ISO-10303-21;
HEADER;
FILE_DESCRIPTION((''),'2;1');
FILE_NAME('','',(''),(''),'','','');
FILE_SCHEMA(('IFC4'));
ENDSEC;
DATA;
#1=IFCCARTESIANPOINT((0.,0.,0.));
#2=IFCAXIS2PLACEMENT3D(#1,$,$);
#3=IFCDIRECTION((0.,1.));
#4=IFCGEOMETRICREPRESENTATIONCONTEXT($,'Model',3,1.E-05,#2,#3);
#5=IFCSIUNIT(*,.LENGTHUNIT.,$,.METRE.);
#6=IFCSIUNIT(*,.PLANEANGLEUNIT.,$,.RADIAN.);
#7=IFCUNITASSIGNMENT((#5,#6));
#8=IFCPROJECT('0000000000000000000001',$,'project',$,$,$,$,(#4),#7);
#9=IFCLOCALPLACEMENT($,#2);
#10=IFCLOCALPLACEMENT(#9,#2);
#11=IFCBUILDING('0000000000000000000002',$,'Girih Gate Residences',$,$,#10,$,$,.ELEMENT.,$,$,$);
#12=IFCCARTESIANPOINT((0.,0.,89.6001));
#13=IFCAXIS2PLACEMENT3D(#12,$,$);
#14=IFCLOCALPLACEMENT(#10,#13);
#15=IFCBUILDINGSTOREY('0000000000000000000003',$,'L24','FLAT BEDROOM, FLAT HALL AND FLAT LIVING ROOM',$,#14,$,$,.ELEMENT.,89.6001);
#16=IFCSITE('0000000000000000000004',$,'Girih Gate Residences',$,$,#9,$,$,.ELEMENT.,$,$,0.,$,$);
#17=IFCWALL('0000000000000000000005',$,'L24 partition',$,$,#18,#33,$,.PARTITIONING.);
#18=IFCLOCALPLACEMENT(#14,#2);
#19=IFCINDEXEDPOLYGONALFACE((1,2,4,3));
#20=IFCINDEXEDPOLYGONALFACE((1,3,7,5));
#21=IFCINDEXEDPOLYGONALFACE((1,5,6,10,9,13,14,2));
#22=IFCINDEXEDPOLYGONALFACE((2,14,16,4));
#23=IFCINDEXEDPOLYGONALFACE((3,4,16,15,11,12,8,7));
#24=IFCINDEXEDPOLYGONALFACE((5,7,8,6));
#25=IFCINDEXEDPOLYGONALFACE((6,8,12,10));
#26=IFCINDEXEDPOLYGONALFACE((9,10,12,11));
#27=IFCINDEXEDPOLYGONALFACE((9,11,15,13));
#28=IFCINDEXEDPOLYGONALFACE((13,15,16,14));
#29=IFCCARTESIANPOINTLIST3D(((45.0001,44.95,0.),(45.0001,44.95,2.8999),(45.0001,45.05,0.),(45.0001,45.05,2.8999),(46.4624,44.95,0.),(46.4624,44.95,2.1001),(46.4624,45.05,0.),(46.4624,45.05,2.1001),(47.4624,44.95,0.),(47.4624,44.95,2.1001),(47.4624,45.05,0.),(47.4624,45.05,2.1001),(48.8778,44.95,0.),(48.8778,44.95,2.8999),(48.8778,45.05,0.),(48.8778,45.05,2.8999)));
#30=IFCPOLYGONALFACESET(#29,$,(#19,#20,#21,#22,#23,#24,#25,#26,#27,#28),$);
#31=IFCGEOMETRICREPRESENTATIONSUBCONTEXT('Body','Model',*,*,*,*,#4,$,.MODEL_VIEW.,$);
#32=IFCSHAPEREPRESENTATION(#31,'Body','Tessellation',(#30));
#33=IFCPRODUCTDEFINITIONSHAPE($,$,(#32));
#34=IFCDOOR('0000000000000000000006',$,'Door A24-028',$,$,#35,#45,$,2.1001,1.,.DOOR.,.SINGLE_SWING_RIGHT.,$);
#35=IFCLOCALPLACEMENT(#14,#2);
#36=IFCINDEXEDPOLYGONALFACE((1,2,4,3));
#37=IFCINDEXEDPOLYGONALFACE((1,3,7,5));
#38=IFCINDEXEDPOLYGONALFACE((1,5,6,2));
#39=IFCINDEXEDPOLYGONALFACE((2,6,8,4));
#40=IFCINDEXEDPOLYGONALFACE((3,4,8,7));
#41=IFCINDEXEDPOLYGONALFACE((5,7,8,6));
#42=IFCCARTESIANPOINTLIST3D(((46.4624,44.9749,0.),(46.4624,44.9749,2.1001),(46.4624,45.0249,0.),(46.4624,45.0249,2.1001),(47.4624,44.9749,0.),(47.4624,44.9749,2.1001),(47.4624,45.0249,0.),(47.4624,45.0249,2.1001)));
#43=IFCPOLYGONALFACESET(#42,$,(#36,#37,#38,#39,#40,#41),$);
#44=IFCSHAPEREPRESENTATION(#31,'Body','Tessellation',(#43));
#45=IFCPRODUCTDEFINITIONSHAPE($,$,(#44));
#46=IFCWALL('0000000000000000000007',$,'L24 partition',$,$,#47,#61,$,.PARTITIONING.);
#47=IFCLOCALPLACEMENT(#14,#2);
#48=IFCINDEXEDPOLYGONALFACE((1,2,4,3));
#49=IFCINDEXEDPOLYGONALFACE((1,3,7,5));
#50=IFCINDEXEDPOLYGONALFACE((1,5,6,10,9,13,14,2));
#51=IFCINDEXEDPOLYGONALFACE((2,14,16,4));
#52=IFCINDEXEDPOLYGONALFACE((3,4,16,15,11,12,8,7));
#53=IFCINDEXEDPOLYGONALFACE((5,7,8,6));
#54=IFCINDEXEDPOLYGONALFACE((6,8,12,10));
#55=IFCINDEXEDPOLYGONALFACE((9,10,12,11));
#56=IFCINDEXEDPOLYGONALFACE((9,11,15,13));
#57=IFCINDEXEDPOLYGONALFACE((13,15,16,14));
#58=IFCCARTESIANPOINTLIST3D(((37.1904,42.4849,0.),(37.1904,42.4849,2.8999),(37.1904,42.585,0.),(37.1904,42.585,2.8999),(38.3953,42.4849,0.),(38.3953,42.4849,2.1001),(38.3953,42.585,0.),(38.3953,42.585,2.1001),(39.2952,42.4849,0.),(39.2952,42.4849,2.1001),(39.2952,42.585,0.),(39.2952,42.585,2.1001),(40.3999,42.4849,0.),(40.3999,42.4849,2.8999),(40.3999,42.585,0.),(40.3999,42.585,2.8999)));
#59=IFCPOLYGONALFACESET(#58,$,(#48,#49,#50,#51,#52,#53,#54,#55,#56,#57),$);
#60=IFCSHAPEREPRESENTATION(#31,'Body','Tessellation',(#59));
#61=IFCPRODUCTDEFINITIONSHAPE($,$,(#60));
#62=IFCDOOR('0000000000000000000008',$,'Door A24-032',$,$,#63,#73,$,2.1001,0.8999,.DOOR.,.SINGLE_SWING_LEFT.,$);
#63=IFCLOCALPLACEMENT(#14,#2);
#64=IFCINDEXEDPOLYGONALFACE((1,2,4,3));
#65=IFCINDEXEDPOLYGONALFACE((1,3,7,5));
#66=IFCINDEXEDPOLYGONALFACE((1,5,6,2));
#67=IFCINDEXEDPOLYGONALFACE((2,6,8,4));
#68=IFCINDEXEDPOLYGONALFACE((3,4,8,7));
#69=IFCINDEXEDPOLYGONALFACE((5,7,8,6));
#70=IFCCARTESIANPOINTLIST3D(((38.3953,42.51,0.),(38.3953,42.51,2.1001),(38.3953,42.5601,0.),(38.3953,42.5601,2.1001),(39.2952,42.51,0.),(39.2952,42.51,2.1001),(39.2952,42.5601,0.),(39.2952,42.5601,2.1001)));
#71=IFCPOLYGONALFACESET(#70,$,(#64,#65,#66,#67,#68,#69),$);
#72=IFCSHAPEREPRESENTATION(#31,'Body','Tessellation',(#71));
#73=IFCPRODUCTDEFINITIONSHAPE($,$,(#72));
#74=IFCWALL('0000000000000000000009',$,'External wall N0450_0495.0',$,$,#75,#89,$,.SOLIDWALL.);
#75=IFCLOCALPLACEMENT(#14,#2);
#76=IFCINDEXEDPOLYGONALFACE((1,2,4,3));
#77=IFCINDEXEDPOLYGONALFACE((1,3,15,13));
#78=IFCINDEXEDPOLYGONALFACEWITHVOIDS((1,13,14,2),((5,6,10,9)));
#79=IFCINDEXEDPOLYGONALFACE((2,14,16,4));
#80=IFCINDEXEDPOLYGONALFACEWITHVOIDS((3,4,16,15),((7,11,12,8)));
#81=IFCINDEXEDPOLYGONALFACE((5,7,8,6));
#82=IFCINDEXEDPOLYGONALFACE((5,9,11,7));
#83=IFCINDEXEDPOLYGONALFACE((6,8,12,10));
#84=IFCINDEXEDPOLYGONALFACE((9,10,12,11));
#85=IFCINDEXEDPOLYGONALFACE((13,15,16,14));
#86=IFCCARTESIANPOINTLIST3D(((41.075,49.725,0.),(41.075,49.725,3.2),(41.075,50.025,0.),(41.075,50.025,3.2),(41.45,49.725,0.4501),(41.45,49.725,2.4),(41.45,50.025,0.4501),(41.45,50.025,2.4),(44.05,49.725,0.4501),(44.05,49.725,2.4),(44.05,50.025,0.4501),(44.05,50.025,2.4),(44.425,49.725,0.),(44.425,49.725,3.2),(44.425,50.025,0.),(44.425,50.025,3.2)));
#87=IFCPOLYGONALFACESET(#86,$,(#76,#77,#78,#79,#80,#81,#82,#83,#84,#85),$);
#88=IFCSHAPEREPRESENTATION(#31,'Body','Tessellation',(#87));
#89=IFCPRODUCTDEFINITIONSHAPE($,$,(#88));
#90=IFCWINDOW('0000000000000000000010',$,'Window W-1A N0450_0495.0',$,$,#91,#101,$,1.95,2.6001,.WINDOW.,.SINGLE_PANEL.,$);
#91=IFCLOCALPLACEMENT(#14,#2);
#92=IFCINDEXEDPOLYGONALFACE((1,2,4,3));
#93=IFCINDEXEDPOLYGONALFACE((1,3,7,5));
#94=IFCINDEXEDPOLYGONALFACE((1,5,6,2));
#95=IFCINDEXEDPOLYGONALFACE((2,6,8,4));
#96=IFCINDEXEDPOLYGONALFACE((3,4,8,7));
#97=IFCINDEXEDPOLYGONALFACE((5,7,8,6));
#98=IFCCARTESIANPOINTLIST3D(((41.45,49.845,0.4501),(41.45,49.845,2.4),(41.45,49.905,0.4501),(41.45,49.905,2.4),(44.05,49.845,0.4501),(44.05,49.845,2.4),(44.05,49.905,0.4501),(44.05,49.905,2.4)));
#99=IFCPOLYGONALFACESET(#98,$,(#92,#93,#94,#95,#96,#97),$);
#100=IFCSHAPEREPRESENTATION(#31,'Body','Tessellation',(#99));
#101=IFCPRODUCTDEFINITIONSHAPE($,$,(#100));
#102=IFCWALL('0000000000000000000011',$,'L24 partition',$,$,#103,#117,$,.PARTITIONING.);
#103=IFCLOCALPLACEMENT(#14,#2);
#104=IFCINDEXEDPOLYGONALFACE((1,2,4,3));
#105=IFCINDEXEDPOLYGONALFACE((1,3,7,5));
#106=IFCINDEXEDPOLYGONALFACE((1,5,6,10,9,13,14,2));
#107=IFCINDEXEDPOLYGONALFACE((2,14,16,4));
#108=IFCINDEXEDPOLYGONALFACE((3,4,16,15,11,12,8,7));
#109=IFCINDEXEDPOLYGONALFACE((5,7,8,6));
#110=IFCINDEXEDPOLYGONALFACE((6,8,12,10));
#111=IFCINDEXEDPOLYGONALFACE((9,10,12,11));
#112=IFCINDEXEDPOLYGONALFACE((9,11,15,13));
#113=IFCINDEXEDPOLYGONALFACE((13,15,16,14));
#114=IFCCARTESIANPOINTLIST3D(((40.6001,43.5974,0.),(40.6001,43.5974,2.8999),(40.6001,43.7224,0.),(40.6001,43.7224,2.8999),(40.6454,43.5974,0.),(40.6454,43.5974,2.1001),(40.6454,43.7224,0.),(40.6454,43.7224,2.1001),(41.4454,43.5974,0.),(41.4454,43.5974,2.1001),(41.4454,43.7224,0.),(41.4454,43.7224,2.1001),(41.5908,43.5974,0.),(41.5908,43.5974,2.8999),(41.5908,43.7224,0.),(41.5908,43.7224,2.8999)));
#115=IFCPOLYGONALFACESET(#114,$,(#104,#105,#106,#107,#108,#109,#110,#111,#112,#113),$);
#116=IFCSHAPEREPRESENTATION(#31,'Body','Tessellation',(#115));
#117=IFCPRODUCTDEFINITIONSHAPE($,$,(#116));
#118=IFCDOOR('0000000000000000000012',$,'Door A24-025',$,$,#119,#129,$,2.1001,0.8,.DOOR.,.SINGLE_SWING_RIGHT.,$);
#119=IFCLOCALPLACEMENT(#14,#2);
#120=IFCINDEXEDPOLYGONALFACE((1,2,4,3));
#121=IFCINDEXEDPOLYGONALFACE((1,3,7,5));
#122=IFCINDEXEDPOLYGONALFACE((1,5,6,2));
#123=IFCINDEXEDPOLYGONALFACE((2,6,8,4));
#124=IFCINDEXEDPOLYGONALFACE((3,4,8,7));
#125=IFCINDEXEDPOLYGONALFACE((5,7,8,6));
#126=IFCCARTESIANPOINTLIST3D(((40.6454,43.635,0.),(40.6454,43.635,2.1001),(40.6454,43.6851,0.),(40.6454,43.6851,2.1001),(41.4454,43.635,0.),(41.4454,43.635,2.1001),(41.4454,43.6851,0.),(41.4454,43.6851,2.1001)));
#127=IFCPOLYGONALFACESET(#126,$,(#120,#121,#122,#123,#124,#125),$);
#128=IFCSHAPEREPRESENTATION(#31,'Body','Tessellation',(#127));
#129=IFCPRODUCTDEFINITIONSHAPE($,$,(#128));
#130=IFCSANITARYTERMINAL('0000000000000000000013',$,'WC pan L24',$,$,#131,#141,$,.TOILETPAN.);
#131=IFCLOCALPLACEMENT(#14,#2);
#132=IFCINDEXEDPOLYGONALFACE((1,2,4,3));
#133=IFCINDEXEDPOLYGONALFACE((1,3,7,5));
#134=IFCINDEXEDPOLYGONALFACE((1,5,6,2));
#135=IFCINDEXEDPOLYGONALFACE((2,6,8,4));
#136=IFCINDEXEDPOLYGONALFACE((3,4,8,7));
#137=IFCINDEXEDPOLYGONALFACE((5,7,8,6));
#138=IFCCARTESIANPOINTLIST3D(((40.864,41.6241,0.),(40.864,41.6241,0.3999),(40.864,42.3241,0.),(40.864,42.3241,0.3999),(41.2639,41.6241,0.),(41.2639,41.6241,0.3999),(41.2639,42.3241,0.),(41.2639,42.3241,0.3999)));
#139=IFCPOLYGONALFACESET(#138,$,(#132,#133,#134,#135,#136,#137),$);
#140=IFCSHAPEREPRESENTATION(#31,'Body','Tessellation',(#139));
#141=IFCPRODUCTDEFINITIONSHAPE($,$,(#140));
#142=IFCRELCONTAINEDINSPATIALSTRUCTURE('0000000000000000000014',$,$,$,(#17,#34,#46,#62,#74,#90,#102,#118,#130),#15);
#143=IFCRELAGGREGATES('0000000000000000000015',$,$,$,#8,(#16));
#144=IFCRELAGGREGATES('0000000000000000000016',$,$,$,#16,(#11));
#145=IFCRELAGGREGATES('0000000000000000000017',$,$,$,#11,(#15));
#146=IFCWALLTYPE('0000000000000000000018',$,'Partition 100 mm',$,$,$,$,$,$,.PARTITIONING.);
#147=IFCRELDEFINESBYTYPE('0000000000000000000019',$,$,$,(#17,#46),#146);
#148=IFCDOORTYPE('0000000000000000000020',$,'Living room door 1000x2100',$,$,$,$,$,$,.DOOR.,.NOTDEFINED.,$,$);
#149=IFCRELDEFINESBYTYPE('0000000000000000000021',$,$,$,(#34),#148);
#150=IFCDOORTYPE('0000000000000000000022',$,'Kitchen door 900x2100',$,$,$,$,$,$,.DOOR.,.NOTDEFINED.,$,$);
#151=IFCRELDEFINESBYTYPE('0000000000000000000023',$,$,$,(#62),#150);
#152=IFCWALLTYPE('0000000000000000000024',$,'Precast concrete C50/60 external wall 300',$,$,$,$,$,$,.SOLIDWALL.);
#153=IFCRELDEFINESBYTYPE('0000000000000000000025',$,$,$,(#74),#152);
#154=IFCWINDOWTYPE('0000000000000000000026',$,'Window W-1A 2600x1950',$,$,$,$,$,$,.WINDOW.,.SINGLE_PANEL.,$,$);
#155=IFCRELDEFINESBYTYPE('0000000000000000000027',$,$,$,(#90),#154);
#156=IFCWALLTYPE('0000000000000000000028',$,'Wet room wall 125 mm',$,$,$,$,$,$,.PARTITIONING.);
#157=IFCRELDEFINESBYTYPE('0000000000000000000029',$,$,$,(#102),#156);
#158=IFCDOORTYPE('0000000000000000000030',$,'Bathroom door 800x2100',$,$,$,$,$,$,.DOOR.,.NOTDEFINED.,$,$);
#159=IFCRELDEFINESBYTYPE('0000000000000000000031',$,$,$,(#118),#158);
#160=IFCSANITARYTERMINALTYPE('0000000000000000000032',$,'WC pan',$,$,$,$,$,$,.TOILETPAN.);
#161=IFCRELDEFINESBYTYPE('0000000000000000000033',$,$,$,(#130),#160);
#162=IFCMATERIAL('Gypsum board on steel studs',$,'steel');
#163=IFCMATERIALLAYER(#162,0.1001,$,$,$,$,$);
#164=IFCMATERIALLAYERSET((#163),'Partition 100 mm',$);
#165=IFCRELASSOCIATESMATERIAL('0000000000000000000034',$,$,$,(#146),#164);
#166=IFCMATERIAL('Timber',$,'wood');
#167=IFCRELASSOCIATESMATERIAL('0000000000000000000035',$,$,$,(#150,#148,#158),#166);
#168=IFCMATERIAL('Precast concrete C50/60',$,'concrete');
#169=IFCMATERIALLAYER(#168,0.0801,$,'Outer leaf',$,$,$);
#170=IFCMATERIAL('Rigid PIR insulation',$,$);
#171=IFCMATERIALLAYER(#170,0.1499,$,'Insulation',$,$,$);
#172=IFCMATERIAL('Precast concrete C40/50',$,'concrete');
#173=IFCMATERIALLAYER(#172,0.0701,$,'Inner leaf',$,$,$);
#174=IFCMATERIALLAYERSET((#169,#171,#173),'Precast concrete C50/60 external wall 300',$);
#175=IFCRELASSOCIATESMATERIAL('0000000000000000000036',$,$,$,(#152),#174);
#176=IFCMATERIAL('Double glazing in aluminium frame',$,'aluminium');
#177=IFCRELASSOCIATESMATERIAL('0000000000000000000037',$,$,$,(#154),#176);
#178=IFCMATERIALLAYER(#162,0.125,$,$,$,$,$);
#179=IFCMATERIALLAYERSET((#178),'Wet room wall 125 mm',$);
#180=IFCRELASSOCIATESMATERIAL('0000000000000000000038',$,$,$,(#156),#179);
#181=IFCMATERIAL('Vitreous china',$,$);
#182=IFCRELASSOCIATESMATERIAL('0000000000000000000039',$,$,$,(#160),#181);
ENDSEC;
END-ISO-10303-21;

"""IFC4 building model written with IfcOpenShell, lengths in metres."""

from ifc_helpers import new_model, si_unit, direction, frame, frame_2d, origin, origin_2d, place, context, subcontext, project, spatial, rectangle, extrude, material, layer, layer_set, type_object, element, fill, save


model = new_model("IFC4")

# Units and contexts
model_context = context("Model", 3, precision=1e-05, world=origin(), true_north=direction((0.0, 1.0)))
body_context = subcontext(model_context, "Body", "Model", "MODEL_VIEW")
ifc_project = project(units=[si_unit("LENGTHUNIT", "METRE"), si_unit("PLANEANGLEUNIT", "RADIAN")], contexts=[model_context])

# Site, building, storey
site_placement = place(None, origin())
site = spatial("IfcSite", under=ifc_project, at=site_placement, Name="Girih Gate Residences", CompositionType="ELEMENT", RefElevation=0.0)
building_placement = place(site_placement, origin())
building = spatial("IfcBuilding", under=site, at=building_placement, Name="Girih Gate Residences", CompositionType="ELEMENT")
storey_placement = place(building_placement, frame((0.0, 0.0, 89.6001)))
storey = spatial("IfcBuildingStorey", under=building, at=storey_placement, Name="L24", Description="FLAT BEDROOM, FLAT HALL AND FLAT LIVING ROOM", CompositionType="ELEMENT", Elevation=89.6001)

# Shared definitions
ifc_material_1 = material(Name="Gypsum board on steel studs", Category="steel")
ifc_layer_1 = layer(ifc_material_1, 0.1001)
ifc_layer_set_1 = layer_set([ifc_layer_1], Name="Partition 100 mm")
wall_type_1 = type_object("IfcWallType", Name="Partition 100 mm", PredefinedType="PARTITIONING", material=ifc_layer_set_1)
ifc_material_2 = material(Name="Timber", Category="wood")

# Walls, openings, doors
door_type_1 = type_object("IfcDoorType", Name="Kitchen door 900x2100", OperationType="NOTDEFINED", PredefinedType="DOOR", material=ifc_material_2)
wall_1_placement = place(storey_placement, frame((45.0, 45.0, 0.0), z_axis=(0.0, 0.0, 1.0), x_axis=(1.0, 0.0, 0.0)))
wall_1 = element("IfcWall", 1, at=wall_1_placement, inside=storey, type_object=wall_type_1, Name="L24 partition", PredefinedType="PARTITIONING", context=body_context, shape_type="SweptSolid", body=[
    extrude(rectangle(XDim=3.8777, YDim=0.1001, at=frame_2d((1.939, 0.0))), origin(), (0.0, 0.0, 1.0), 2.8999),
])
opening_1_placement = place(wall_1_placement, frame((1.4624, 0.0, 0.0)))
opening_1 = element("IfcOpeningElement", 2, at=opening_1_placement, cuts=wall_1, PredefinedType="OPENING", context=body_context, shape_type="SweptSolid", body=[
    extrude(rectangle(XDim=1.0, YDim=2.1001, at=frame_2d((0.5, 1.05))), frame((0.0, 0.0601, 0.0), z_axis=(0.0, -1.0, 0.0), x_axis=(1.0, 0.0, 0.0)), (0.0, 0.0, 1.0), 0.1201),
])
door_type_2 = type_object("IfcDoorType", Name="Living room door 1000x2100", OperationType="NOTDEFINED", PredefinedType="DOOR", material=ifc_material_2)
door_1_placement = place(opening_1_placement, origin())
door_1 = element("IfcDoor", 3, at=door_1_placement, inside=storey, type_object=door_type_2, Name="Door A24-028", OperationType="SINGLE_SWING_RIGHT", OverallHeight=2.1001, OverallWidth=1.0, PredefinedType="DOOR", context=body_context, shape_type="SweptSolid", body=[
    extrude(rectangle(XDim=1.0, YDim=2.1001, at=frame_2d((0.5, 1.05))), frame((0.0, 0.0249, 0.0), z_axis=(0.0, -1.0, 0.0), x_axis=(1.0, 0.0, 0.0)), (0.0, 0.0, 1.0), 0.05),
])
fill(opening_1, door_1)
wall_2_placement = place(storey_placement, frame((40.3999, 42.5349, 0.0), z_axis=(0.0, 0.0, 1.0), x_axis=(-1.0, 0.0, 0.0)))
wall_2 = element("IfcWall", 4, at=wall_2_placement, inside=storey, type_object=wall_type_1, Name="L24 partition", PredefinedType="PARTITIONING", context=body_context, shape_type="SweptSolid", body=[
    extrude(rectangle(XDim=3.2095, YDim=0.1001, at=frame_2d((1.6047, 0.0))), origin(), (0.0, 0.0, 1.0), 2.8999),
])
opening_2_placement = place(wall_2_placement, frame((1.1047, 0.0, 0.0)))
opening_2 = element("IfcOpeningElement", 5, at=opening_2_placement, cuts=wall_2, PredefinedType="OPENING", context=body_context, shape_type="SweptSolid", body=[
    extrude(rectangle(XDim=0.8999, YDim=2.1001, at=frame_2d((0.45, 1.05))), frame((0.0, 0.0601, 0.0), z_axis=(0.0, -1.0, 0.0), x_axis=(1.0, 0.0, 0.0)), (0.0, 0.0, 1.0), 0.1201),
])
door_2_placement = place(opening_2_placement, origin())
door_2 = element("IfcDoor", 6, at=door_2_placement, inside=storey, type_object=door_type_1, Name="Door A24-032", OperationType="SINGLE_SWING_LEFT", OverallHeight=2.1001, OverallWidth=0.8999, PredefinedType="DOOR", context=body_context, shape_type="SweptSolid", body=[
    extrude(rectangle(XDim=0.8999, YDim=2.1001, at=frame_2d((0.45, 1.05))), frame((0.0, 0.0249, 0.0), z_axis=(0.0, -1.0, 0.0), x_axis=(1.0, 0.0, 0.0)), (0.0, 0.0, 1.0), 0.05),
])
fill(opening_2, door_2)

# Wall, opening, window
ifc_material_3 = material(Name="Precast concrete C50/60", Category="concrete")
ifc_layer_2 = layer(ifc_material_3, 0.0801, Name="Outer leaf")
ifc_material_4 = material(Name="Rigid PIR insulation")
ifc_layer_3 = layer(ifc_material_4, 0.1499, Name="Insulation")
ifc_material_5 = material(Name="Precast concrete C40/50", Category="concrete")
ifc_layer_4 = layer(ifc_material_5, 0.0701, Name="Inner leaf")
ifc_layer_set_2 = layer_set([ifc_layer_2, ifc_layer_3, ifc_layer_4], Name="Precast concrete C50/60 external wall 300")
wall_type_2 = type_object("IfcWallType", Name="Precast concrete C50/60 external wall 300", PredefinedType="SOLIDWALL", material=ifc_layer_set_2)
wall_3_placement = place(storey_placement, frame((41.075, 49.875, 0.0), z_axis=(0.0, 0.0, 1.0), x_axis=(1.0, 0.0, 0.0)))
wall_3 = element("IfcWall", 7, at=wall_3_placement, inside=storey, type_object=wall_type_2, Name="External wall N0450_0495.0", PredefinedType="SOLIDWALL", context=body_context, shape_type="SweptSolid", body=[
    extrude(rectangle(XDim=3.3501, YDim=0.3, at=frame_2d((1.675, 0.0))), origin(), (0.0, 0.0, 1.0), 3.2),
])
opening_3_placement = place(wall_3_placement, frame((0.375, 0.0, 0.45)))
opening_3 = element("IfcOpeningElement", 8, at=opening_3_placement, cuts=wall_3, PredefinedType="OPENING", context=body_context, shape_type="SweptSolid", body=[
    extrude(rectangle(XDim=2.6001, YDim=1.95, at=frame_2d((1.3, 0.9751))), frame((0.0, 0.1599, 0.0), z_axis=(0.0, -1.0, 0.0), x_axis=(1.0, 0.0, 0.0)), (0.0, 0.0, 1.0), 0.3201),
])
ifc_material_6 = material(Name="Double glazing in aluminium frame", Category="aluminium")
window_type = type_object("IfcWindowType", Name="Window W-1A 2600x1950", PartitioningType="SINGLE_PANEL", PredefinedType="WINDOW", material=ifc_material_6)
window_placement = place(opening_3_placement, origin())
window = element("IfcWindow", 9, at=window_placement, inside=storey, type_object=window_type, Name="Window W-1A N0450_0495.0", OverallHeight=1.95, OverallWidth=2.6001, PartitioningType="SINGLE_PANEL", PredefinedType="WINDOW", context=body_context, shape_type="SweptSolid", body=[
    extrude(rectangle(XDim=2.6001, YDim=1.95, at=frame_2d((1.3, 0.9751))), frame((0.0, 0.03, 0.0), z_axis=(0.0, -1.0, 0.0), x_axis=(1.0, 0.0, 0.0)), (0.0, 0.0, 1.0), 0.0601),
])
fill(opening_3, window)

# Wall, opening, door
ifc_layer_5 = layer(ifc_material_1, 0.125)
ifc_layer_set_3 = layer_set([ifc_layer_5], Name="Wet room wall 125 mm")
wall_type_3 = type_object("IfcWallType", Name="Wet room wall 125 mm", PredefinedType="PARTITIONING", material=ifc_layer_set_3)
wall_4_placement = place(storey_placement, frame((41.5908, 43.6599, 0.0), z_axis=(0.0, 0.0, 1.0), x_axis=(-1.0, 0.0, 0.0)))
wall_4 = element("IfcWall", 10, at=wall_4_placement, inside=storey, type_object=wall_type_3, Name="L24 partition", PredefinedType="PARTITIONING", context=body_context, shape_type="SweptSolid", body=[
    extrude(rectangle(XDim=0.9907, YDim=0.125, at=frame_2d((0.4954, 0.0))), origin(), (0.0, 0.0, 1.0), 2.8999),
])
opening_4_placement = place(wall_4_placement, frame((0.1455, 0.0, 0.0)))
opening_4 = element("IfcOpeningElement", 11, at=opening_4_placement, cuts=wall_4, PredefinedType="OPENING", context=body_context, shape_type="SweptSolid", body=[
    extrude(rectangle(XDim=0.8, YDim=2.1001, at=frame_2d((0.3999, 1.05))), frame((0.0, 0.0725, 0.0), z_axis=(0.0, -1.0, 0.0), x_axis=(1.0, 0.0, 0.0)), (0.0, 0.0, 1.0), 0.145),
])
door_type_3 = type_object("IfcDoorType", Name="Bathroom door 800x2100", OperationType="NOTDEFINED", PredefinedType="DOOR", material=ifc_material_2)
door_3_placement = place(opening_4_placement, origin())
door_3 = element("IfcDoor", 12, at=door_3_placement, inside=storey, type_object=door_type_3, Name="Door A24-025", OperationType="SINGLE_SWING_RIGHT", OverallHeight=2.1001, OverallWidth=0.8, PredefinedType="DOOR", context=body_context, shape_type="SweptSolid", body=[
    extrude(rectangle(XDim=0.8, YDim=2.1001, at=frame_2d((0.3999, 1.05))), frame((0.0, 0.0249, 0.0), z_axis=(0.0, -1.0, 0.0), x_axis=(1.0, 0.0, 0.0)), (0.0, 0.0, 1.0), 0.05),
])
fill(opening_4, door_3)

# Sanitary terminal
ifc_material_7 = material(Name="Vitreous china")
sanitary_terminal_type = type_object("IfcSanitaryTerminalType", Name="WC pan", PredefinedType="TOILETPAN", material=ifc_material_7)
sanitary_terminal_placement = place(storey_placement, frame((41.064, 41.9741, 0.0), z_axis=(0.0, 0.0, 1.0), x_axis=(1.0, 0.0, 0.0)))
element("IfcSanitaryTerminal", 13, at=sanitary_terminal_placement, inside=storey, type_object=sanitary_terminal_type, Name="WC pan L24", PredefinedType="TOILETPAN", context=body_context, shape_type="SweptSolid", body=[
    extrude(rectangle(XDim=0.3999, YDim=0.7, at=origin_2d()), origin(), (0.0, 0.0, 1.0), 0.3999),
])

save(model, "model.ifc")
